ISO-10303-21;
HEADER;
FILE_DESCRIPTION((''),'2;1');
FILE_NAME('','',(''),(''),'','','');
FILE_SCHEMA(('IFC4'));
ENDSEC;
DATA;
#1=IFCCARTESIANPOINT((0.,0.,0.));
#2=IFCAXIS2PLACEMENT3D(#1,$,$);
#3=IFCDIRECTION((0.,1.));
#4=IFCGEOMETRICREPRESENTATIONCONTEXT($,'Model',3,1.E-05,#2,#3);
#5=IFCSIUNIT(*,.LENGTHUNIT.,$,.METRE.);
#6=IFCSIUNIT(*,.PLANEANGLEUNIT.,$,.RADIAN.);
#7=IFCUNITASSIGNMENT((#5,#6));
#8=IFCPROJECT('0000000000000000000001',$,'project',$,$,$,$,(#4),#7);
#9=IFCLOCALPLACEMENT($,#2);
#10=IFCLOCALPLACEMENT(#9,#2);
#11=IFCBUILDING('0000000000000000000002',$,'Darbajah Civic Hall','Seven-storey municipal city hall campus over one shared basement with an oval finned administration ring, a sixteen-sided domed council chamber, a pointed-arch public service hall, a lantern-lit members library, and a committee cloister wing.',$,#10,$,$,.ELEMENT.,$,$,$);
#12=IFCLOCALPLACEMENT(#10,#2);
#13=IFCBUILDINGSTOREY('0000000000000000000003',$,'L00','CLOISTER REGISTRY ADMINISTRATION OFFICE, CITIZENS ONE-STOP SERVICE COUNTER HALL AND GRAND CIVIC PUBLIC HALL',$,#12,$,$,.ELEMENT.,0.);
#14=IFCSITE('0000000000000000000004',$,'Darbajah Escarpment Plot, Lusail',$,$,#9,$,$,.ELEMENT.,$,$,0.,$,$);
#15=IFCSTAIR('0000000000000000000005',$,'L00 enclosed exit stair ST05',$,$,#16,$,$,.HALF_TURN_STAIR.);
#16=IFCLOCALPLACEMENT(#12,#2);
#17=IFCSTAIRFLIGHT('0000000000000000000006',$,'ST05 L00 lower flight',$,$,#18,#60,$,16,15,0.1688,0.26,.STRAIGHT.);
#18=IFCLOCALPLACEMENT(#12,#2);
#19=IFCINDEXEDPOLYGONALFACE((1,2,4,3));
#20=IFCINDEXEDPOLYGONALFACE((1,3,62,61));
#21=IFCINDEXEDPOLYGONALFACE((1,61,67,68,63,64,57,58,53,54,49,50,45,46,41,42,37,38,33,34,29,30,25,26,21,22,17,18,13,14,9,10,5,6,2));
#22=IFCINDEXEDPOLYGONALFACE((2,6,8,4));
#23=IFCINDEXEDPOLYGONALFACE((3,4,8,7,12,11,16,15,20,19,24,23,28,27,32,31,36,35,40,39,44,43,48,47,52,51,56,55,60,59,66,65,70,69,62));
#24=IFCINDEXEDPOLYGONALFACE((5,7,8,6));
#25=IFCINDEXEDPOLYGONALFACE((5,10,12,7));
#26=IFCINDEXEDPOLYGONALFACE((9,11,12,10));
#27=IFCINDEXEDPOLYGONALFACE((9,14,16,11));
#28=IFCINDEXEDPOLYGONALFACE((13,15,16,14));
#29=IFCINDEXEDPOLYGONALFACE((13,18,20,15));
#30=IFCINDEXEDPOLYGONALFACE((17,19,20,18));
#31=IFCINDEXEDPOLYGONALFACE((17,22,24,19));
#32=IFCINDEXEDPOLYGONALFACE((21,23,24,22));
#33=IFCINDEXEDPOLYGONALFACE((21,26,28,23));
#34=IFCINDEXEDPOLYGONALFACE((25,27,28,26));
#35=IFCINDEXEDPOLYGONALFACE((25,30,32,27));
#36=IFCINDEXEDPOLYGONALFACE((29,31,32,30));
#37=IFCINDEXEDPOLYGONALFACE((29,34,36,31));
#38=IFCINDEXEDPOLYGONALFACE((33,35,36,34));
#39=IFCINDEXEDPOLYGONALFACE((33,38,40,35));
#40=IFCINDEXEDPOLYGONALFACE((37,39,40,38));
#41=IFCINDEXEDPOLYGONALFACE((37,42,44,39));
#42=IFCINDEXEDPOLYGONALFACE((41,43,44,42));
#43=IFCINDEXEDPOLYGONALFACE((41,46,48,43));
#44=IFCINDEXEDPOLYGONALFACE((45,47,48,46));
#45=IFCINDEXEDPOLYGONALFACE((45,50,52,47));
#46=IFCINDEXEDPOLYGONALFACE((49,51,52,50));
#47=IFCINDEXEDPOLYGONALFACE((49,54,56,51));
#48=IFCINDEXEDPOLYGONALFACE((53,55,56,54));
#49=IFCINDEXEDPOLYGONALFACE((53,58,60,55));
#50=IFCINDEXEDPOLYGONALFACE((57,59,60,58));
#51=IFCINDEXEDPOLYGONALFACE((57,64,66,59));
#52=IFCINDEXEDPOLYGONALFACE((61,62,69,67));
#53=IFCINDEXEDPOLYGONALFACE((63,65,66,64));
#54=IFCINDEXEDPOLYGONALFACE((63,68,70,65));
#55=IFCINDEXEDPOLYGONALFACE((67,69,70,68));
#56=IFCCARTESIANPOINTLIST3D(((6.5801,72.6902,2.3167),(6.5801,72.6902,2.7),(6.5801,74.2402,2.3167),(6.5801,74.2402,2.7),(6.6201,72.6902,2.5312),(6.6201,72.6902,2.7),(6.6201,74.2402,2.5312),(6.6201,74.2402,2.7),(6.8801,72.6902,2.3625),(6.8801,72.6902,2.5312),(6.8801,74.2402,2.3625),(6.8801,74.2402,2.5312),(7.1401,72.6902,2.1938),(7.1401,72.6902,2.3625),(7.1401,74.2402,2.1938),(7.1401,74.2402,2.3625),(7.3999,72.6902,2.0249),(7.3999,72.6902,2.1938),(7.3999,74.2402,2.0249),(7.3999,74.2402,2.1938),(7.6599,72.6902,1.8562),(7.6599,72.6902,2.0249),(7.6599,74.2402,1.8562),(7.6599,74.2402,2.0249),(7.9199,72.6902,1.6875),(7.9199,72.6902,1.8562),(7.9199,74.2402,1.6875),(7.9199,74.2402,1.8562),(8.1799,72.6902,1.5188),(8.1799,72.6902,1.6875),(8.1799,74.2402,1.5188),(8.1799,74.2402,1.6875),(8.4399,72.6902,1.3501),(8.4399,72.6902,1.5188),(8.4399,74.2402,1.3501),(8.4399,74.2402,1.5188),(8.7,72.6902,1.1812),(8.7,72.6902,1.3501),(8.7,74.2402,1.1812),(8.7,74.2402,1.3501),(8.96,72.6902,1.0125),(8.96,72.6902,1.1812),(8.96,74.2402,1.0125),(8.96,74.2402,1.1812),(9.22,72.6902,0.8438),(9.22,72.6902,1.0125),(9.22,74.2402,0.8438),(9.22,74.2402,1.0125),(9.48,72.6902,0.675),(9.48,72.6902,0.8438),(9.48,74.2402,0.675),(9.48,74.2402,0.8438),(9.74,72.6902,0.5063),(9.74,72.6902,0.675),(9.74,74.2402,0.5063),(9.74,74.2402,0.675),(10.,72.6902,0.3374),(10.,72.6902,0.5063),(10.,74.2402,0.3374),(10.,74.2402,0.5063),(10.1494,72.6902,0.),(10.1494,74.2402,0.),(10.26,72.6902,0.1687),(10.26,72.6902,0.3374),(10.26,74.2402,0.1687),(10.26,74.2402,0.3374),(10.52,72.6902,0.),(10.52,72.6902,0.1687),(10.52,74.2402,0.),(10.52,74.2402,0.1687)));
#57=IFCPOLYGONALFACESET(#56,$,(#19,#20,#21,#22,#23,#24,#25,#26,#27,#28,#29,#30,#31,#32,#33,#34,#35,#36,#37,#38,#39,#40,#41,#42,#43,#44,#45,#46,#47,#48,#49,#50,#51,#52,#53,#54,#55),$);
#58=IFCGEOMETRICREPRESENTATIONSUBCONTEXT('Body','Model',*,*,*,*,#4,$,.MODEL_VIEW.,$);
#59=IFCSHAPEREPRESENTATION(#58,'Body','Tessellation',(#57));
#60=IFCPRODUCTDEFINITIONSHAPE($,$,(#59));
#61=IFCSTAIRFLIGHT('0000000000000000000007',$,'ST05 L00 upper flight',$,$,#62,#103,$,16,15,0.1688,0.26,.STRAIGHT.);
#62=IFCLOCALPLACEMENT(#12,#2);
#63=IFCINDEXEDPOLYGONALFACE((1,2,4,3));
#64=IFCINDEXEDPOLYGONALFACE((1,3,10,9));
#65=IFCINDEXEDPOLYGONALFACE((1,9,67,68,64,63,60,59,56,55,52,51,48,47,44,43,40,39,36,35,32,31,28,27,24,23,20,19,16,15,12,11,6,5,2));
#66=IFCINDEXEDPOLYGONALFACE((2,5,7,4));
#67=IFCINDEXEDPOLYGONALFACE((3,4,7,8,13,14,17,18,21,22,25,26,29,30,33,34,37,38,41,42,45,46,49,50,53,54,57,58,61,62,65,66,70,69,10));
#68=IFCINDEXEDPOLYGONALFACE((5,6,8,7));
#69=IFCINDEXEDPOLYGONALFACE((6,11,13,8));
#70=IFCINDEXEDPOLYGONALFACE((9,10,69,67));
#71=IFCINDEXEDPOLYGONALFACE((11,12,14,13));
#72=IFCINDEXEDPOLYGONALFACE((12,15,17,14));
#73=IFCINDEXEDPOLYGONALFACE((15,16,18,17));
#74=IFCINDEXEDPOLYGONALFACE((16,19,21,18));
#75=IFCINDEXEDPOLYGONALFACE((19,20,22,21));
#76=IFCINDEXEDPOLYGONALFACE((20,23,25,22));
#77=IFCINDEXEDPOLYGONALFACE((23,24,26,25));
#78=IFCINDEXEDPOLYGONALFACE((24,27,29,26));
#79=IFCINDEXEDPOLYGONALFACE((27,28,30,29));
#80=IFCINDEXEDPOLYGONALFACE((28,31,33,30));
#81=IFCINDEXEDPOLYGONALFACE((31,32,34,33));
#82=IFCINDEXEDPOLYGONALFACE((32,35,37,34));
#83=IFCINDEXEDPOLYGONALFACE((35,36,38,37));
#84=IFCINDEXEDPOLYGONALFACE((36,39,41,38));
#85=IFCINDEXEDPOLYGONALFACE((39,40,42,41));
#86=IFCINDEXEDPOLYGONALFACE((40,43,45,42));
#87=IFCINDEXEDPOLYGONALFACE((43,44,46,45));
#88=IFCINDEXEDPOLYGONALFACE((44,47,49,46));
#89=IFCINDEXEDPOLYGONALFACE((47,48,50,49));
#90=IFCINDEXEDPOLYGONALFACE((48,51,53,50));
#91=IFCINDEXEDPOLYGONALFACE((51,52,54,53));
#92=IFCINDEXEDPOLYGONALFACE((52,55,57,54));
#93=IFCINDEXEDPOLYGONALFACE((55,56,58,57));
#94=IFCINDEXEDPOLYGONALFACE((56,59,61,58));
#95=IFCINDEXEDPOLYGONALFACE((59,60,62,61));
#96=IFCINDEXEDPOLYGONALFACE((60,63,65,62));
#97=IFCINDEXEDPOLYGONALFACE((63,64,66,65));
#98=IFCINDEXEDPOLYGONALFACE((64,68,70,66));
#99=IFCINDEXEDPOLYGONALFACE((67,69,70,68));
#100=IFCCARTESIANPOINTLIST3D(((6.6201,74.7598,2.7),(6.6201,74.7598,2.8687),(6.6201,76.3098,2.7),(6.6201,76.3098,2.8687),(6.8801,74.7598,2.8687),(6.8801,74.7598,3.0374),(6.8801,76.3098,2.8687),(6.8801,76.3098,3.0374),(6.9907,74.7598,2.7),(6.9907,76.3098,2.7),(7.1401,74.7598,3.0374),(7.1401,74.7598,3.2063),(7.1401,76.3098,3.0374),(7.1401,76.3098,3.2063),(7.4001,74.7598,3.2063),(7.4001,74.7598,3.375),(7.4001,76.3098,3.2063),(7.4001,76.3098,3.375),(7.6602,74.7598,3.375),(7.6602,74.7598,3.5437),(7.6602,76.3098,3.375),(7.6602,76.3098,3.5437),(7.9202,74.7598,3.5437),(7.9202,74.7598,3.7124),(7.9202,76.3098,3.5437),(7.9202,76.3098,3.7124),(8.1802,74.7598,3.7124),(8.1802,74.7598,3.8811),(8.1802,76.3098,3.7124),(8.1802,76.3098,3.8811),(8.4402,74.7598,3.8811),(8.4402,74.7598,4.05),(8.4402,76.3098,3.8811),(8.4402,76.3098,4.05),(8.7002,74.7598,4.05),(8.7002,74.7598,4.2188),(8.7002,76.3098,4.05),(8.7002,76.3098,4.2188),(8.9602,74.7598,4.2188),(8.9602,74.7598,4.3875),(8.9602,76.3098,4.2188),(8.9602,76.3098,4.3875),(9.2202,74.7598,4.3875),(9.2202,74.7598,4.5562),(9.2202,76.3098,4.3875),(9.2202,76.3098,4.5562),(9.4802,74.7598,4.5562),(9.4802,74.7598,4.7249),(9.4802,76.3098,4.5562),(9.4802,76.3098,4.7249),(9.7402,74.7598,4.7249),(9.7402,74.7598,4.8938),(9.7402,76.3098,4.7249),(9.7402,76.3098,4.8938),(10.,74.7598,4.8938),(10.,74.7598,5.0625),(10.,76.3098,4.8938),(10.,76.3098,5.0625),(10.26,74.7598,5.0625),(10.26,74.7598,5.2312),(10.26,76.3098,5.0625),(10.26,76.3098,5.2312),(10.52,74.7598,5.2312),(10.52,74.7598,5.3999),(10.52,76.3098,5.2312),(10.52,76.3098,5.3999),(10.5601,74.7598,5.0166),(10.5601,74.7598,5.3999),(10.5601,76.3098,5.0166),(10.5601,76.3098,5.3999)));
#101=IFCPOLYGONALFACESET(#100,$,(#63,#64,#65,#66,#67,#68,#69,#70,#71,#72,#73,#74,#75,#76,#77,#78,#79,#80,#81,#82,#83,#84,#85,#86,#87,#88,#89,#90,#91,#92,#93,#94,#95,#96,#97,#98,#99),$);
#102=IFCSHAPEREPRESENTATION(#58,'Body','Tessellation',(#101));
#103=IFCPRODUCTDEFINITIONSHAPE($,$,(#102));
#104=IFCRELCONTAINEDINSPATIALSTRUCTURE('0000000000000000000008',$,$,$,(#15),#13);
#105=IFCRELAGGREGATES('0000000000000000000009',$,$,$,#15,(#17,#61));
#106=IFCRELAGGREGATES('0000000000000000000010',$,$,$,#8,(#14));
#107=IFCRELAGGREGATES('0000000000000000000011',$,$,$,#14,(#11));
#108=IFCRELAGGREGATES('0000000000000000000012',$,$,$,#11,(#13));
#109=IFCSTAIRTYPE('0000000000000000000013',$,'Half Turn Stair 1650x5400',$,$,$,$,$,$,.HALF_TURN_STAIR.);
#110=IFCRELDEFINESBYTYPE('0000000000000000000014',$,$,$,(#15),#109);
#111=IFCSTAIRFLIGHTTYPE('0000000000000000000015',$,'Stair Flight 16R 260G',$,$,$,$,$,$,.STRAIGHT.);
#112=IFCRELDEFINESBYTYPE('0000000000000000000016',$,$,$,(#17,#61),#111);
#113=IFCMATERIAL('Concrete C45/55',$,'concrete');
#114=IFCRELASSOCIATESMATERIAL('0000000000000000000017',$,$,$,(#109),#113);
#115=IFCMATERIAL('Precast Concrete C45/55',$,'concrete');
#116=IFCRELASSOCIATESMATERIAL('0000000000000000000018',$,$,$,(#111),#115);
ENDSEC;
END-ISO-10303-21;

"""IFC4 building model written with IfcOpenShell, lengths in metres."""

from ifc_helpers import new_model, si_unit, direction, frame, origin, place, context, subcontext, project, spatial, polyline, outline, extrude, material, type_object, element, aggregate, save


model = new_model("IFC4")

# Units and contexts
model_context = context("Model", 3, precision=1e-05, world=origin(), true_north=direction((0.0, 1.0)))
body_context = subcontext(model_context, "Body", "Model", "MODEL_VIEW")
ifc_project = project(units=[si_unit("LENGTHUNIT", "METRE"), si_unit("PLANEANGLEUNIT", "RADIAN")], contexts=[model_context])

# Site, building, storey
site_placement = place(None, origin())
site = spatial("IfcSite", under=ifc_project, at=site_placement, Name="Darbajah Escarpment Plot, Lusail", CompositionType="ELEMENT", RefElevation=0.0)
building_placement = place(site_placement, origin())
building = spatial("IfcBuilding", under=site, at=building_placement, Name="Darbajah Civic Hall", Description="Seven-storey municipal city hall campus over one shared basement with an oval finned administration ring, a sixteen-sided domed council chamber, a pointed-arch public service hall, a lantern-lit members library, and a committee cloister wing.", CompositionType="ELEMENT")
storey_placement = place(building_placement, origin())
storey = spatial("IfcBuildingStorey", under=building, at=storey_placement, Name="L00", Description="CLOISTER REGISTRY ADMINISTRATION OFFICE, CITIZENS ONE-STOP SERVICE COUNTER HALL AND GRAND CIVIC PUBLIC HALL", CompositionType="ELEMENT", Elevation=0.0)

# Shared definitions
ifc_material_1 = material(Name="Concrete C45/55", Category="concrete")

# Stair, stair flights
stair_type = type_object("IfcStairType", Name="Half Turn Stair 1650x5400", PredefinedType="HALF_TURN_STAIR", material=ifc_material_1)
stair_placement = place(storey_placement, origin())
stair = element("IfcStair", 1, at=stair_placement, inside=storey, type_object=stair_type, Name="L00 enclosed exit stair ST05", PredefinedType="HALF_TURN_STAIR")
ifc_material_2 = material(Name="Precast Concrete C45/55", Category="concrete")
stair_flight_type = type_object("IfcStairFlightType", Name="Stair Flight 16R 260G", PredefinedType="STRAIGHT", material=ifc_material_2)
stair_flight_1_placement = place(storey_placement, frame((10.52, 73.4651, 0.0), z_axis=(0.0, 0.0, 1.0), x_axis=(-1.0, 0.0, 0.0)))
stair_flight_1 = element("IfcStairFlight", 2, at=stair_flight_1_placement, type_object=stair_flight_type, Name="ST05 L00 lower flight", NumberOfRisers=16, NumberOfTreads=15, PredefinedType="STRAIGHT", RiserHeight=0.1688, TreadLength=0.26, context=body_context, shape_type="SweptSolid", body=[
    extrude(outline(polyline([(0.0, 0.0), (0.0, 0.1687), (0.26, 0.1687), (0.26, 0.3374), (0.52, 0.3374), (0.52, 0.5063), (0.78, 0.5063), (0.78, 0.675), (1.04, 0.675), (1.04, 0.8438), (1.3, 0.8438), (1.3, 1.0125), (1.5601, 1.0125), (1.5601, 1.1812), (1.8201, 1.1812), (1.8201, 1.3501), (2.0801, 1.3501), (2.0801, 1.5188), (2.3401, 1.5188), (2.3401, 1.6875), (2.6001, 1.6875), (2.6001, 1.8562), (2.8601, 1.8562), (2.8601, 2.0249), (3.1201, 2.0249), (3.1201, 2.1938), (3.3799, 2.1938), (3.3799, 2.3625), (3.6399, 2.3625), (3.6399, 2.5312), (3.8999, 2.5312), (3.8999, 2.7), (3.9399, 2.7), (3.9399, 2.3167), (0.3706, 0.0), (0.0, 0.0)])), frame((0.0, 0.7749, 0.0), z_axis=(0.0, -1.0, 0.0), x_axis=(1.0, 0.0, 0.0)), (0.0, 0.0, 1.0), 1.55),
])
stair_flight_2_placement = place(storey_placement, frame((6.6201, 75.5349, 2.7), z_axis=(0.0, 0.0, 1.0), x_axis=(1.0, 0.0, 0.0)))
stair_flight_2 = element("IfcStairFlight", 3, at=stair_flight_2_placement, type_object=stair_flight_type, Name="ST05 L00 upper flight", NumberOfRisers=16, NumberOfTreads=15, PredefinedType="STRAIGHT", RiserHeight=0.1688, TreadLength=0.26, context=body_context, shape_type="SweptSolid", body=[
    extrude(outline(polyline([(0.0, 0.0), (0.0, 0.1687), (0.26, 0.1687), (0.26, 0.3374), (0.52, 0.3374), (0.52, 0.5063), (0.78, 0.5063), (0.78, 0.675), (1.04, 0.675), (1.04, 0.8438), (1.3, 0.8438), (1.3, 1.0125), (1.5601, 1.0125), (1.5601, 1.1812), (1.8201, 1.1812), (1.8201, 1.3501), (2.0801, 1.3501), (2.0801, 1.5188), (2.3401, 1.5188), (2.3401, 1.6875), (2.6001, 1.6875), (2.6001, 1.8562), (2.8601, 1.8562), (2.8601, 2.0249), (3.1201, 2.0249), (3.1201, 2.1938), (3.3799, 2.1938), (3.3799, 2.3625), (3.6399, 2.3625), (3.6399, 2.5312), (3.8999, 2.5312), (3.8999, 2.7), (3.9399, 2.7), (3.9399, 2.3167), (0.3706, 0.0), (0.0, 0.0)])), frame((0.0, 0.7749, 0.0), z_axis=(0.0, -1.0, 0.0), x_axis=(1.0, 0.0, 0.0)), (0.0, 0.0, 1.0), 1.55),
])
aggregate(stair, [stair_flight_1, stair_flight_2])

save(model, "model.ifc")
